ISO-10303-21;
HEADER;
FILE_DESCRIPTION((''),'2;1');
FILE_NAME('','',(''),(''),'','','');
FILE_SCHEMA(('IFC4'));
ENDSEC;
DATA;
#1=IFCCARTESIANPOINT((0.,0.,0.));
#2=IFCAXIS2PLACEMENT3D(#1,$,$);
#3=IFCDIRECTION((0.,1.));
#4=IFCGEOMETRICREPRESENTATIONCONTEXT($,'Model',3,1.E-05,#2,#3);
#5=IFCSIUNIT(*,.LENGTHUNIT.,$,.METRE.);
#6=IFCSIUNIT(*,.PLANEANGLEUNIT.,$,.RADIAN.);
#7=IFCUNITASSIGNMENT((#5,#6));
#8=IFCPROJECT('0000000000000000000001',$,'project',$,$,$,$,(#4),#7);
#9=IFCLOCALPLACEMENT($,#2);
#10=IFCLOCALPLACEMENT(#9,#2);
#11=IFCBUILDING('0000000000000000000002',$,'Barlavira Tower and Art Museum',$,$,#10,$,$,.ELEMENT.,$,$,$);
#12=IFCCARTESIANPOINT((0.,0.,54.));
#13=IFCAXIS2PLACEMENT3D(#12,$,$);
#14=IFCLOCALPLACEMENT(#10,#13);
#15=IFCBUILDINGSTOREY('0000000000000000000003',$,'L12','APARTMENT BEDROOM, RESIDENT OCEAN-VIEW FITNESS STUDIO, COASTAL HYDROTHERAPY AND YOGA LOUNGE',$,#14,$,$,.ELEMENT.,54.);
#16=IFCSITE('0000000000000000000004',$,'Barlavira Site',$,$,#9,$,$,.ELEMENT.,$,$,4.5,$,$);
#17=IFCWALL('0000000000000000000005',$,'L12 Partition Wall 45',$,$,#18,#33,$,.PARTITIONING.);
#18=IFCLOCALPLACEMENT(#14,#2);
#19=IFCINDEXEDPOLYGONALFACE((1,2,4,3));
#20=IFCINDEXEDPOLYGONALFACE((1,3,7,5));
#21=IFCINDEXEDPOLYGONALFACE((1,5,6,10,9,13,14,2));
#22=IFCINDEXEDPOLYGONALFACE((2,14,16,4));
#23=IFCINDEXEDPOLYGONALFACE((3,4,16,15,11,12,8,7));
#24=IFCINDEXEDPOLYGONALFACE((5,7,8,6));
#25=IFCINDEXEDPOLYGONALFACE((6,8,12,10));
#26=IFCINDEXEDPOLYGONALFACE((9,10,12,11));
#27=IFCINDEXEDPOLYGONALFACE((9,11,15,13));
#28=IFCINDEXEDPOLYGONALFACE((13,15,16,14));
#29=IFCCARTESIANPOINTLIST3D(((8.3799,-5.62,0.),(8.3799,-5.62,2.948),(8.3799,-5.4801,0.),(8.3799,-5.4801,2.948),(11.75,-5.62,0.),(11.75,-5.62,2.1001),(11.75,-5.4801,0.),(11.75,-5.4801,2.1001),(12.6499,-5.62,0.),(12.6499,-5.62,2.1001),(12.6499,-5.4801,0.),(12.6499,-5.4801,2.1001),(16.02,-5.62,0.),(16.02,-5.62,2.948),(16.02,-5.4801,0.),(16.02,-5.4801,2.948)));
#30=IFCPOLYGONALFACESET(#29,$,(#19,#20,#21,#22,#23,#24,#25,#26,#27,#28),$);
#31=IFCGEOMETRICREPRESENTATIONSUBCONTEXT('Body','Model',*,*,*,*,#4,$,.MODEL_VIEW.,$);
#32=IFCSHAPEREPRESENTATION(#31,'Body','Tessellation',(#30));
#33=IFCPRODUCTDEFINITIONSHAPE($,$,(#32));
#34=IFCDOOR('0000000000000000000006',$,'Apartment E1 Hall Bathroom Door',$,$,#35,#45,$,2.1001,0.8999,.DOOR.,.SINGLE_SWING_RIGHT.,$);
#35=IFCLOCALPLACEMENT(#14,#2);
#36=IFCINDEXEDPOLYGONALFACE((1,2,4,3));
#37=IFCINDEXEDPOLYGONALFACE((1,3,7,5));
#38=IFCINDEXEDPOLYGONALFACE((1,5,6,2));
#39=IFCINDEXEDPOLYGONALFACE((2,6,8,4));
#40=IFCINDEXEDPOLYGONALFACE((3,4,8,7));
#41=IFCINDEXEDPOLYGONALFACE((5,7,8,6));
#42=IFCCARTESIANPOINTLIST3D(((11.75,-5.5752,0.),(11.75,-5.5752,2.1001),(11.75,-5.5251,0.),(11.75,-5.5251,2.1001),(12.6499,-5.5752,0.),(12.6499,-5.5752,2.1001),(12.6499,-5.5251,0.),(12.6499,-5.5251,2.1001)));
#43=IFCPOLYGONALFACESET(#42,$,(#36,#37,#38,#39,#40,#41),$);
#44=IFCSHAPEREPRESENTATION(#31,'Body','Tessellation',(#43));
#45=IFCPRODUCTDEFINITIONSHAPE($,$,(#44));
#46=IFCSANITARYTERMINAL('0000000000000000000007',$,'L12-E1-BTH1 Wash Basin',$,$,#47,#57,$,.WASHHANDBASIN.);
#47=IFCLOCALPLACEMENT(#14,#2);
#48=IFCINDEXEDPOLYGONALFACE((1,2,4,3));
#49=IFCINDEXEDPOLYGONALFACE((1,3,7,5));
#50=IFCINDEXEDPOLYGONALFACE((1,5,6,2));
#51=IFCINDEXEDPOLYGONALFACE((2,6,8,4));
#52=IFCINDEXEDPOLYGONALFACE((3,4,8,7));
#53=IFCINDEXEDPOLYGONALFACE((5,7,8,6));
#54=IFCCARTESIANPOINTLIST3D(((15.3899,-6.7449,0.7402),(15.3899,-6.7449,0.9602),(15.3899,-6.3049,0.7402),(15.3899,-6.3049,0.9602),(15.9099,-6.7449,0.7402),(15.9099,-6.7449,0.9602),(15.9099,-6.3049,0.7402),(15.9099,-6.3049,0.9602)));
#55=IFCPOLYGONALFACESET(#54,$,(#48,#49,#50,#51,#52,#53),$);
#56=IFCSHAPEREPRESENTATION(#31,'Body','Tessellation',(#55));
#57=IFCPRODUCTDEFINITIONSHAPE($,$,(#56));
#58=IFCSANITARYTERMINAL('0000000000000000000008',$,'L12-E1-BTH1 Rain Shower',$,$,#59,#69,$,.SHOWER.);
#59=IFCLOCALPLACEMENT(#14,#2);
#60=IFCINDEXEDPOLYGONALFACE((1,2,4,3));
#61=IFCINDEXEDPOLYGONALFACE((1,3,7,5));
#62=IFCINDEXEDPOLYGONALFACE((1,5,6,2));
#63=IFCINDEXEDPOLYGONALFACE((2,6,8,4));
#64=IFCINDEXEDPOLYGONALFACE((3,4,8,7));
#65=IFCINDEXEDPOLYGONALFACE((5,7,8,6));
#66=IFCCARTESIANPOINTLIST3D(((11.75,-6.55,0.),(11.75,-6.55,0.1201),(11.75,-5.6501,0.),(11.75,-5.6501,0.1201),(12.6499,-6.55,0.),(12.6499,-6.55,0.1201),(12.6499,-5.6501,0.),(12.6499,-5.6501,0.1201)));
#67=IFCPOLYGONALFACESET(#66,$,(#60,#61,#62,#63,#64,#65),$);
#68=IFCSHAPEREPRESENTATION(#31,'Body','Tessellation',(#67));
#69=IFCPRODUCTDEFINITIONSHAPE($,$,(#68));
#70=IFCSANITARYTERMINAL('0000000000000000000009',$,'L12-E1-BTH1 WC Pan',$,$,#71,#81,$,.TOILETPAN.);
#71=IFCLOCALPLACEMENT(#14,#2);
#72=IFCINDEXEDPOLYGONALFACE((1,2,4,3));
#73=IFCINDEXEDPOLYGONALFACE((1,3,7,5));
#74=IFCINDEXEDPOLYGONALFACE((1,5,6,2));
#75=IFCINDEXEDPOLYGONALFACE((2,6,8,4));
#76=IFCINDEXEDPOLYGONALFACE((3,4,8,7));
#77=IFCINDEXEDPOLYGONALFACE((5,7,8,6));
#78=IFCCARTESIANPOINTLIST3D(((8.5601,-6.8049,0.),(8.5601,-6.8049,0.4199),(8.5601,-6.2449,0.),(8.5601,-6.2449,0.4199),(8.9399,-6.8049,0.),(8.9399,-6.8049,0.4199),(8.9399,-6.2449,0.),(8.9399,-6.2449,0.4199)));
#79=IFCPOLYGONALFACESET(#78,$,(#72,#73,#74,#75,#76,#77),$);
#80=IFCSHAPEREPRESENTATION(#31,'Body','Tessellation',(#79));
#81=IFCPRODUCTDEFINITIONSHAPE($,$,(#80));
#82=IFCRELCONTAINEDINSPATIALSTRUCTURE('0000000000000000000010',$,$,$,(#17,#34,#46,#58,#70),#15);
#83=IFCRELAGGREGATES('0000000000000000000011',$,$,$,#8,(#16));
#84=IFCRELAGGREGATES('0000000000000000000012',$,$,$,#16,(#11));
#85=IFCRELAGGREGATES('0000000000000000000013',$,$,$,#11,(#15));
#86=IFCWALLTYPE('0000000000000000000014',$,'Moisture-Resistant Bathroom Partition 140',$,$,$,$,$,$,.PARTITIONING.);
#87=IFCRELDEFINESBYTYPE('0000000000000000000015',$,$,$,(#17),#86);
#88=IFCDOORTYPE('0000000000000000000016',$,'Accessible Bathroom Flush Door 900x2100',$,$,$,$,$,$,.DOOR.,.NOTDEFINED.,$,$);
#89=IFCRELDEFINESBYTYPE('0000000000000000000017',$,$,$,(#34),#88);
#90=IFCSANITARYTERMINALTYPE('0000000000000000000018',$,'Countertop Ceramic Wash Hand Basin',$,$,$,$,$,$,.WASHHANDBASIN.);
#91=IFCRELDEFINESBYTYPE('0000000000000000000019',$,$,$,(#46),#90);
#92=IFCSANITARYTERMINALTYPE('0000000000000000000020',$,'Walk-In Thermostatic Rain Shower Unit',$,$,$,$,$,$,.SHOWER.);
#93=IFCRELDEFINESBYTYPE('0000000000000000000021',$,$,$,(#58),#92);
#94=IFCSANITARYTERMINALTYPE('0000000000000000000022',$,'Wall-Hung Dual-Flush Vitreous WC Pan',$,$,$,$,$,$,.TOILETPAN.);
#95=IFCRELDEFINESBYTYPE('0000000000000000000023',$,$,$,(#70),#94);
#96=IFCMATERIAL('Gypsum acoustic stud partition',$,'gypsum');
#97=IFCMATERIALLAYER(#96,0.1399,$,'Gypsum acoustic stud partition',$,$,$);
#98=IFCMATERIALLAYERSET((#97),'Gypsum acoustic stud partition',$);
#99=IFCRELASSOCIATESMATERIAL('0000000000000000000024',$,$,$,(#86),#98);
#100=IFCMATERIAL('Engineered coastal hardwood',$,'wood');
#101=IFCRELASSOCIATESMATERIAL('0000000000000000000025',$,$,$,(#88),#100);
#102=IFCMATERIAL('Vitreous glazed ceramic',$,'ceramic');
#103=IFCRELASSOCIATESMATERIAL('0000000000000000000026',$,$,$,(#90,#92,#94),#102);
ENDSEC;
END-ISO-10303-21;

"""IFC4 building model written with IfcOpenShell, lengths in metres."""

from ifc_helpers import new_model, si_unit, direction, frame, frame_2d, origin, origin_2d, place, context, subcontext, project, spatial, rectangle, extrude, material, layer, layer_set, type_object, element, fill, save


model = new_model("IFC4")

# Units and contexts
model_context = context("Model", 3, precision=1e-05, world=origin(), true_north=direction((0.0, 1.0)))
body_context = subcontext(model_context, "Body", "Model", "MODEL_VIEW")
ifc_project = project(units=[si_unit("LENGTHUNIT", "METRE"), si_unit("PLANEANGLEUNIT", "RADIAN")], contexts=[model_context])

# Site, building, storey
site_placement = place(None, origin())
site = spatial("IfcSite", under=ifc_project, at=site_placement, Name="Barlavira Site", CompositionType="ELEMENT", RefElevation=4.5)
building_placement = place(site_placement, origin())
building = spatial("IfcBuilding", under=site, at=building_placement, Name="Barlavira Tower and Art Museum", CompositionType="ELEMENT")
storey_placement = place(building_placement, frame((0.0, 0.0, 54.0)))
storey = spatial("IfcBuildingStorey", under=building, at=storey_placement, Name="L12", Description="APARTMENT BEDROOM, RESIDENT OCEAN-VIEW FITNESS STUDIO, COASTAL HYDROTHERAPY AND YOGA LOUNGE", CompositionType="ELEMENT", Elevation=54.0)

# Shared definitions
ifc_material_1 = material(Name="Gypsum acoustic stud partition", Category="gypsum")

# Wall, opening, door
ifc_layer_1 = layer(ifc_material_1, 0.1399, Name="Gypsum acoustic stud partition")
ifc_layer_set_1 = layer_set([ifc_layer_1], Name="Gypsum acoustic stud partition")
wall_type_1 = type_object("IfcWallType", Name="Moisture-Resistant Bathroom Partition 140", PredefinedType="PARTITIONING", material=ifc_layer_set_1)
ifc_material_2 = material(Name="Engineered coastal hardwood", Category="wood")
wall_1_placement = place(storey_placement, frame((8.3799, -5.55, 0.0), z_axis=(0.0, 0.0, 1.0), x_axis=(1.0, 0.0, 0.0)))
wall_1 = element("IfcWall", 1, at=wall_1_placement, inside=storey, type_object=wall_type_1, Name="L12 Partition Wall 45", PredefinedType="PARTITIONING", context=body_context, shape_type="SweptSolid", body=[
    extrude(rectangle(XDim=7.6401, YDim=0.1399, at=frame_2d((3.8201, 0.0))), origin(), (0.0, 0.0, 1.0), 2.948),
])
opening_1_placement = place(wall_1_placement, frame((3.3701, 0.0, 0.0)))
opening_1 = element("IfcOpeningElement", 2, at=opening_1_placement, cuts=wall_1, PredefinedType="OPENING", context=body_context, shape_type="SweptSolid", body=[
    extrude(rectangle(XDim=0.8999, YDim=2.1001, at=frame_2d((0.45, 1.05))), frame((0.0, 0.0801, 0.0), z_axis=(0.0, -1.0, 0.0), x_axis=(1.0, 0.0, 0.0)), (0.0, 0.0, 1.0), 0.1599),
])
door_type_1 = type_object("IfcDoorType", Name="Accessible Bathroom Flush Door 900x2100", OperationType="NOTDEFINED", PredefinedType="DOOR", material=ifc_material_2)
door_1_placement = place(opening_1_placement, origin())
door_1 = element("IfcDoor", 3, at=door_1_placement, inside=storey, type_object=door_type_1, Name="Apartment E1 Hall Bathroom Door", OperationType="SINGLE_SWING_RIGHT", OverallHeight=2.1001, OverallWidth=0.8999, PredefinedType="DOOR", context=body_context, shape_type="SweptSolid", body=[
    extrude(rectangle(XDim=0.8999, YDim=2.1001, at=frame_2d((0.45, 1.05))), frame((0.0, 0.0249, 0.0), z_axis=(0.0, -1.0, 0.0), x_axis=(1.0, 0.0, 0.0)), (0.0, 0.0, 1.0), 0.05),
])
fill(opening_1, door_1)

# Sanitary terminals
ifc_material_3 = material(Name="Vitreous glazed ceramic", Category="ceramic")
sanitary_terminal_type_1 = type_object("IfcSanitaryTerminalType", Name="Countertop Ceramic Wash Hand Basin", PredefinedType="WASHHANDBASIN", material=ifc_material_3)
sanitary_terminal_1_placement = place(storey_placement, frame((15.6499, -6.5249, 0.7402), z_axis=(0.0, 0.0, 1.0), x_axis=(1.0, 0.0, 0.0)))
element("IfcSanitaryTerminal", 4, at=sanitary_terminal_1_placement, inside=storey, type_object=sanitary_terminal_type_1, Name="L12-E1-BTH1 Wash Basin", PredefinedType="WASHHANDBASIN", context=body_context, shape_type="SweptSolid", body=[
    extrude(rectangle(XDim=0.52, YDim=0.4399, at=origin_2d()), origin(), (0.0, 0.0, 1.0), 0.22),
])
sanitary_terminal_type_2 = type_object("IfcSanitaryTerminalType", Name="Walk-In Thermostatic Rain Shower Unit", PredefinedType="SHOWER", material=ifc_material_3)
sanitary_terminal_2_placement = place(storey_placement, frame((12.2, -6.1001, 0.0), z_axis=(0.0, 0.0, 1.0), x_axis=(1.0, 0.0, 0.0)))
element("IfcSanitaryTerminal", 5, at=sanitary_terminal_2_placement, inside=storey, type_object=sanitary_terminal_type_2, Name="L12-E1-BTH1 Rain Shower", PredefinedType="SHOWER", context=body_context, shape_type="SweptSolid", body=[
    extrude(rectangle(XDim=0.8999, YDim=0.8999, at=origin_2d()), origin(), (0.0, 0.0, 1.0), 0.1201),
])
sanitary_terminal_type_3 = type_object("IfcSanitaryTerminalType", Name="Wall-Hung Dual-Flush Vitreous WC Pan", PredefinedType="TOILETPAN", material=ifc_material_3)
sanitary_terminal_3_placement = place(storey_placement, frame((8.75, -6.5249, 0.0), z_axis=(0.0, 0.0, 1.0), x_axis=(1.0, 0.0, 0.0)))
element("IfcSanitaryTerminal", 6, at=sanitary_terminal_3_placement, inside=storey, type_object=sanitary_terminal_type_3, Name="L12-E1-BTH1 WC Pan", PredefinedType="TOILETPAN", context=body_context, shape_type="SweptSolid", body=[
    extrude(rectangle(XDim=0.3799, YDim=0.5601, at=origin_2d()), origin(), (0.0, 0.0, 1.0), 0.4199),
])

save(model, "model.ifc")
